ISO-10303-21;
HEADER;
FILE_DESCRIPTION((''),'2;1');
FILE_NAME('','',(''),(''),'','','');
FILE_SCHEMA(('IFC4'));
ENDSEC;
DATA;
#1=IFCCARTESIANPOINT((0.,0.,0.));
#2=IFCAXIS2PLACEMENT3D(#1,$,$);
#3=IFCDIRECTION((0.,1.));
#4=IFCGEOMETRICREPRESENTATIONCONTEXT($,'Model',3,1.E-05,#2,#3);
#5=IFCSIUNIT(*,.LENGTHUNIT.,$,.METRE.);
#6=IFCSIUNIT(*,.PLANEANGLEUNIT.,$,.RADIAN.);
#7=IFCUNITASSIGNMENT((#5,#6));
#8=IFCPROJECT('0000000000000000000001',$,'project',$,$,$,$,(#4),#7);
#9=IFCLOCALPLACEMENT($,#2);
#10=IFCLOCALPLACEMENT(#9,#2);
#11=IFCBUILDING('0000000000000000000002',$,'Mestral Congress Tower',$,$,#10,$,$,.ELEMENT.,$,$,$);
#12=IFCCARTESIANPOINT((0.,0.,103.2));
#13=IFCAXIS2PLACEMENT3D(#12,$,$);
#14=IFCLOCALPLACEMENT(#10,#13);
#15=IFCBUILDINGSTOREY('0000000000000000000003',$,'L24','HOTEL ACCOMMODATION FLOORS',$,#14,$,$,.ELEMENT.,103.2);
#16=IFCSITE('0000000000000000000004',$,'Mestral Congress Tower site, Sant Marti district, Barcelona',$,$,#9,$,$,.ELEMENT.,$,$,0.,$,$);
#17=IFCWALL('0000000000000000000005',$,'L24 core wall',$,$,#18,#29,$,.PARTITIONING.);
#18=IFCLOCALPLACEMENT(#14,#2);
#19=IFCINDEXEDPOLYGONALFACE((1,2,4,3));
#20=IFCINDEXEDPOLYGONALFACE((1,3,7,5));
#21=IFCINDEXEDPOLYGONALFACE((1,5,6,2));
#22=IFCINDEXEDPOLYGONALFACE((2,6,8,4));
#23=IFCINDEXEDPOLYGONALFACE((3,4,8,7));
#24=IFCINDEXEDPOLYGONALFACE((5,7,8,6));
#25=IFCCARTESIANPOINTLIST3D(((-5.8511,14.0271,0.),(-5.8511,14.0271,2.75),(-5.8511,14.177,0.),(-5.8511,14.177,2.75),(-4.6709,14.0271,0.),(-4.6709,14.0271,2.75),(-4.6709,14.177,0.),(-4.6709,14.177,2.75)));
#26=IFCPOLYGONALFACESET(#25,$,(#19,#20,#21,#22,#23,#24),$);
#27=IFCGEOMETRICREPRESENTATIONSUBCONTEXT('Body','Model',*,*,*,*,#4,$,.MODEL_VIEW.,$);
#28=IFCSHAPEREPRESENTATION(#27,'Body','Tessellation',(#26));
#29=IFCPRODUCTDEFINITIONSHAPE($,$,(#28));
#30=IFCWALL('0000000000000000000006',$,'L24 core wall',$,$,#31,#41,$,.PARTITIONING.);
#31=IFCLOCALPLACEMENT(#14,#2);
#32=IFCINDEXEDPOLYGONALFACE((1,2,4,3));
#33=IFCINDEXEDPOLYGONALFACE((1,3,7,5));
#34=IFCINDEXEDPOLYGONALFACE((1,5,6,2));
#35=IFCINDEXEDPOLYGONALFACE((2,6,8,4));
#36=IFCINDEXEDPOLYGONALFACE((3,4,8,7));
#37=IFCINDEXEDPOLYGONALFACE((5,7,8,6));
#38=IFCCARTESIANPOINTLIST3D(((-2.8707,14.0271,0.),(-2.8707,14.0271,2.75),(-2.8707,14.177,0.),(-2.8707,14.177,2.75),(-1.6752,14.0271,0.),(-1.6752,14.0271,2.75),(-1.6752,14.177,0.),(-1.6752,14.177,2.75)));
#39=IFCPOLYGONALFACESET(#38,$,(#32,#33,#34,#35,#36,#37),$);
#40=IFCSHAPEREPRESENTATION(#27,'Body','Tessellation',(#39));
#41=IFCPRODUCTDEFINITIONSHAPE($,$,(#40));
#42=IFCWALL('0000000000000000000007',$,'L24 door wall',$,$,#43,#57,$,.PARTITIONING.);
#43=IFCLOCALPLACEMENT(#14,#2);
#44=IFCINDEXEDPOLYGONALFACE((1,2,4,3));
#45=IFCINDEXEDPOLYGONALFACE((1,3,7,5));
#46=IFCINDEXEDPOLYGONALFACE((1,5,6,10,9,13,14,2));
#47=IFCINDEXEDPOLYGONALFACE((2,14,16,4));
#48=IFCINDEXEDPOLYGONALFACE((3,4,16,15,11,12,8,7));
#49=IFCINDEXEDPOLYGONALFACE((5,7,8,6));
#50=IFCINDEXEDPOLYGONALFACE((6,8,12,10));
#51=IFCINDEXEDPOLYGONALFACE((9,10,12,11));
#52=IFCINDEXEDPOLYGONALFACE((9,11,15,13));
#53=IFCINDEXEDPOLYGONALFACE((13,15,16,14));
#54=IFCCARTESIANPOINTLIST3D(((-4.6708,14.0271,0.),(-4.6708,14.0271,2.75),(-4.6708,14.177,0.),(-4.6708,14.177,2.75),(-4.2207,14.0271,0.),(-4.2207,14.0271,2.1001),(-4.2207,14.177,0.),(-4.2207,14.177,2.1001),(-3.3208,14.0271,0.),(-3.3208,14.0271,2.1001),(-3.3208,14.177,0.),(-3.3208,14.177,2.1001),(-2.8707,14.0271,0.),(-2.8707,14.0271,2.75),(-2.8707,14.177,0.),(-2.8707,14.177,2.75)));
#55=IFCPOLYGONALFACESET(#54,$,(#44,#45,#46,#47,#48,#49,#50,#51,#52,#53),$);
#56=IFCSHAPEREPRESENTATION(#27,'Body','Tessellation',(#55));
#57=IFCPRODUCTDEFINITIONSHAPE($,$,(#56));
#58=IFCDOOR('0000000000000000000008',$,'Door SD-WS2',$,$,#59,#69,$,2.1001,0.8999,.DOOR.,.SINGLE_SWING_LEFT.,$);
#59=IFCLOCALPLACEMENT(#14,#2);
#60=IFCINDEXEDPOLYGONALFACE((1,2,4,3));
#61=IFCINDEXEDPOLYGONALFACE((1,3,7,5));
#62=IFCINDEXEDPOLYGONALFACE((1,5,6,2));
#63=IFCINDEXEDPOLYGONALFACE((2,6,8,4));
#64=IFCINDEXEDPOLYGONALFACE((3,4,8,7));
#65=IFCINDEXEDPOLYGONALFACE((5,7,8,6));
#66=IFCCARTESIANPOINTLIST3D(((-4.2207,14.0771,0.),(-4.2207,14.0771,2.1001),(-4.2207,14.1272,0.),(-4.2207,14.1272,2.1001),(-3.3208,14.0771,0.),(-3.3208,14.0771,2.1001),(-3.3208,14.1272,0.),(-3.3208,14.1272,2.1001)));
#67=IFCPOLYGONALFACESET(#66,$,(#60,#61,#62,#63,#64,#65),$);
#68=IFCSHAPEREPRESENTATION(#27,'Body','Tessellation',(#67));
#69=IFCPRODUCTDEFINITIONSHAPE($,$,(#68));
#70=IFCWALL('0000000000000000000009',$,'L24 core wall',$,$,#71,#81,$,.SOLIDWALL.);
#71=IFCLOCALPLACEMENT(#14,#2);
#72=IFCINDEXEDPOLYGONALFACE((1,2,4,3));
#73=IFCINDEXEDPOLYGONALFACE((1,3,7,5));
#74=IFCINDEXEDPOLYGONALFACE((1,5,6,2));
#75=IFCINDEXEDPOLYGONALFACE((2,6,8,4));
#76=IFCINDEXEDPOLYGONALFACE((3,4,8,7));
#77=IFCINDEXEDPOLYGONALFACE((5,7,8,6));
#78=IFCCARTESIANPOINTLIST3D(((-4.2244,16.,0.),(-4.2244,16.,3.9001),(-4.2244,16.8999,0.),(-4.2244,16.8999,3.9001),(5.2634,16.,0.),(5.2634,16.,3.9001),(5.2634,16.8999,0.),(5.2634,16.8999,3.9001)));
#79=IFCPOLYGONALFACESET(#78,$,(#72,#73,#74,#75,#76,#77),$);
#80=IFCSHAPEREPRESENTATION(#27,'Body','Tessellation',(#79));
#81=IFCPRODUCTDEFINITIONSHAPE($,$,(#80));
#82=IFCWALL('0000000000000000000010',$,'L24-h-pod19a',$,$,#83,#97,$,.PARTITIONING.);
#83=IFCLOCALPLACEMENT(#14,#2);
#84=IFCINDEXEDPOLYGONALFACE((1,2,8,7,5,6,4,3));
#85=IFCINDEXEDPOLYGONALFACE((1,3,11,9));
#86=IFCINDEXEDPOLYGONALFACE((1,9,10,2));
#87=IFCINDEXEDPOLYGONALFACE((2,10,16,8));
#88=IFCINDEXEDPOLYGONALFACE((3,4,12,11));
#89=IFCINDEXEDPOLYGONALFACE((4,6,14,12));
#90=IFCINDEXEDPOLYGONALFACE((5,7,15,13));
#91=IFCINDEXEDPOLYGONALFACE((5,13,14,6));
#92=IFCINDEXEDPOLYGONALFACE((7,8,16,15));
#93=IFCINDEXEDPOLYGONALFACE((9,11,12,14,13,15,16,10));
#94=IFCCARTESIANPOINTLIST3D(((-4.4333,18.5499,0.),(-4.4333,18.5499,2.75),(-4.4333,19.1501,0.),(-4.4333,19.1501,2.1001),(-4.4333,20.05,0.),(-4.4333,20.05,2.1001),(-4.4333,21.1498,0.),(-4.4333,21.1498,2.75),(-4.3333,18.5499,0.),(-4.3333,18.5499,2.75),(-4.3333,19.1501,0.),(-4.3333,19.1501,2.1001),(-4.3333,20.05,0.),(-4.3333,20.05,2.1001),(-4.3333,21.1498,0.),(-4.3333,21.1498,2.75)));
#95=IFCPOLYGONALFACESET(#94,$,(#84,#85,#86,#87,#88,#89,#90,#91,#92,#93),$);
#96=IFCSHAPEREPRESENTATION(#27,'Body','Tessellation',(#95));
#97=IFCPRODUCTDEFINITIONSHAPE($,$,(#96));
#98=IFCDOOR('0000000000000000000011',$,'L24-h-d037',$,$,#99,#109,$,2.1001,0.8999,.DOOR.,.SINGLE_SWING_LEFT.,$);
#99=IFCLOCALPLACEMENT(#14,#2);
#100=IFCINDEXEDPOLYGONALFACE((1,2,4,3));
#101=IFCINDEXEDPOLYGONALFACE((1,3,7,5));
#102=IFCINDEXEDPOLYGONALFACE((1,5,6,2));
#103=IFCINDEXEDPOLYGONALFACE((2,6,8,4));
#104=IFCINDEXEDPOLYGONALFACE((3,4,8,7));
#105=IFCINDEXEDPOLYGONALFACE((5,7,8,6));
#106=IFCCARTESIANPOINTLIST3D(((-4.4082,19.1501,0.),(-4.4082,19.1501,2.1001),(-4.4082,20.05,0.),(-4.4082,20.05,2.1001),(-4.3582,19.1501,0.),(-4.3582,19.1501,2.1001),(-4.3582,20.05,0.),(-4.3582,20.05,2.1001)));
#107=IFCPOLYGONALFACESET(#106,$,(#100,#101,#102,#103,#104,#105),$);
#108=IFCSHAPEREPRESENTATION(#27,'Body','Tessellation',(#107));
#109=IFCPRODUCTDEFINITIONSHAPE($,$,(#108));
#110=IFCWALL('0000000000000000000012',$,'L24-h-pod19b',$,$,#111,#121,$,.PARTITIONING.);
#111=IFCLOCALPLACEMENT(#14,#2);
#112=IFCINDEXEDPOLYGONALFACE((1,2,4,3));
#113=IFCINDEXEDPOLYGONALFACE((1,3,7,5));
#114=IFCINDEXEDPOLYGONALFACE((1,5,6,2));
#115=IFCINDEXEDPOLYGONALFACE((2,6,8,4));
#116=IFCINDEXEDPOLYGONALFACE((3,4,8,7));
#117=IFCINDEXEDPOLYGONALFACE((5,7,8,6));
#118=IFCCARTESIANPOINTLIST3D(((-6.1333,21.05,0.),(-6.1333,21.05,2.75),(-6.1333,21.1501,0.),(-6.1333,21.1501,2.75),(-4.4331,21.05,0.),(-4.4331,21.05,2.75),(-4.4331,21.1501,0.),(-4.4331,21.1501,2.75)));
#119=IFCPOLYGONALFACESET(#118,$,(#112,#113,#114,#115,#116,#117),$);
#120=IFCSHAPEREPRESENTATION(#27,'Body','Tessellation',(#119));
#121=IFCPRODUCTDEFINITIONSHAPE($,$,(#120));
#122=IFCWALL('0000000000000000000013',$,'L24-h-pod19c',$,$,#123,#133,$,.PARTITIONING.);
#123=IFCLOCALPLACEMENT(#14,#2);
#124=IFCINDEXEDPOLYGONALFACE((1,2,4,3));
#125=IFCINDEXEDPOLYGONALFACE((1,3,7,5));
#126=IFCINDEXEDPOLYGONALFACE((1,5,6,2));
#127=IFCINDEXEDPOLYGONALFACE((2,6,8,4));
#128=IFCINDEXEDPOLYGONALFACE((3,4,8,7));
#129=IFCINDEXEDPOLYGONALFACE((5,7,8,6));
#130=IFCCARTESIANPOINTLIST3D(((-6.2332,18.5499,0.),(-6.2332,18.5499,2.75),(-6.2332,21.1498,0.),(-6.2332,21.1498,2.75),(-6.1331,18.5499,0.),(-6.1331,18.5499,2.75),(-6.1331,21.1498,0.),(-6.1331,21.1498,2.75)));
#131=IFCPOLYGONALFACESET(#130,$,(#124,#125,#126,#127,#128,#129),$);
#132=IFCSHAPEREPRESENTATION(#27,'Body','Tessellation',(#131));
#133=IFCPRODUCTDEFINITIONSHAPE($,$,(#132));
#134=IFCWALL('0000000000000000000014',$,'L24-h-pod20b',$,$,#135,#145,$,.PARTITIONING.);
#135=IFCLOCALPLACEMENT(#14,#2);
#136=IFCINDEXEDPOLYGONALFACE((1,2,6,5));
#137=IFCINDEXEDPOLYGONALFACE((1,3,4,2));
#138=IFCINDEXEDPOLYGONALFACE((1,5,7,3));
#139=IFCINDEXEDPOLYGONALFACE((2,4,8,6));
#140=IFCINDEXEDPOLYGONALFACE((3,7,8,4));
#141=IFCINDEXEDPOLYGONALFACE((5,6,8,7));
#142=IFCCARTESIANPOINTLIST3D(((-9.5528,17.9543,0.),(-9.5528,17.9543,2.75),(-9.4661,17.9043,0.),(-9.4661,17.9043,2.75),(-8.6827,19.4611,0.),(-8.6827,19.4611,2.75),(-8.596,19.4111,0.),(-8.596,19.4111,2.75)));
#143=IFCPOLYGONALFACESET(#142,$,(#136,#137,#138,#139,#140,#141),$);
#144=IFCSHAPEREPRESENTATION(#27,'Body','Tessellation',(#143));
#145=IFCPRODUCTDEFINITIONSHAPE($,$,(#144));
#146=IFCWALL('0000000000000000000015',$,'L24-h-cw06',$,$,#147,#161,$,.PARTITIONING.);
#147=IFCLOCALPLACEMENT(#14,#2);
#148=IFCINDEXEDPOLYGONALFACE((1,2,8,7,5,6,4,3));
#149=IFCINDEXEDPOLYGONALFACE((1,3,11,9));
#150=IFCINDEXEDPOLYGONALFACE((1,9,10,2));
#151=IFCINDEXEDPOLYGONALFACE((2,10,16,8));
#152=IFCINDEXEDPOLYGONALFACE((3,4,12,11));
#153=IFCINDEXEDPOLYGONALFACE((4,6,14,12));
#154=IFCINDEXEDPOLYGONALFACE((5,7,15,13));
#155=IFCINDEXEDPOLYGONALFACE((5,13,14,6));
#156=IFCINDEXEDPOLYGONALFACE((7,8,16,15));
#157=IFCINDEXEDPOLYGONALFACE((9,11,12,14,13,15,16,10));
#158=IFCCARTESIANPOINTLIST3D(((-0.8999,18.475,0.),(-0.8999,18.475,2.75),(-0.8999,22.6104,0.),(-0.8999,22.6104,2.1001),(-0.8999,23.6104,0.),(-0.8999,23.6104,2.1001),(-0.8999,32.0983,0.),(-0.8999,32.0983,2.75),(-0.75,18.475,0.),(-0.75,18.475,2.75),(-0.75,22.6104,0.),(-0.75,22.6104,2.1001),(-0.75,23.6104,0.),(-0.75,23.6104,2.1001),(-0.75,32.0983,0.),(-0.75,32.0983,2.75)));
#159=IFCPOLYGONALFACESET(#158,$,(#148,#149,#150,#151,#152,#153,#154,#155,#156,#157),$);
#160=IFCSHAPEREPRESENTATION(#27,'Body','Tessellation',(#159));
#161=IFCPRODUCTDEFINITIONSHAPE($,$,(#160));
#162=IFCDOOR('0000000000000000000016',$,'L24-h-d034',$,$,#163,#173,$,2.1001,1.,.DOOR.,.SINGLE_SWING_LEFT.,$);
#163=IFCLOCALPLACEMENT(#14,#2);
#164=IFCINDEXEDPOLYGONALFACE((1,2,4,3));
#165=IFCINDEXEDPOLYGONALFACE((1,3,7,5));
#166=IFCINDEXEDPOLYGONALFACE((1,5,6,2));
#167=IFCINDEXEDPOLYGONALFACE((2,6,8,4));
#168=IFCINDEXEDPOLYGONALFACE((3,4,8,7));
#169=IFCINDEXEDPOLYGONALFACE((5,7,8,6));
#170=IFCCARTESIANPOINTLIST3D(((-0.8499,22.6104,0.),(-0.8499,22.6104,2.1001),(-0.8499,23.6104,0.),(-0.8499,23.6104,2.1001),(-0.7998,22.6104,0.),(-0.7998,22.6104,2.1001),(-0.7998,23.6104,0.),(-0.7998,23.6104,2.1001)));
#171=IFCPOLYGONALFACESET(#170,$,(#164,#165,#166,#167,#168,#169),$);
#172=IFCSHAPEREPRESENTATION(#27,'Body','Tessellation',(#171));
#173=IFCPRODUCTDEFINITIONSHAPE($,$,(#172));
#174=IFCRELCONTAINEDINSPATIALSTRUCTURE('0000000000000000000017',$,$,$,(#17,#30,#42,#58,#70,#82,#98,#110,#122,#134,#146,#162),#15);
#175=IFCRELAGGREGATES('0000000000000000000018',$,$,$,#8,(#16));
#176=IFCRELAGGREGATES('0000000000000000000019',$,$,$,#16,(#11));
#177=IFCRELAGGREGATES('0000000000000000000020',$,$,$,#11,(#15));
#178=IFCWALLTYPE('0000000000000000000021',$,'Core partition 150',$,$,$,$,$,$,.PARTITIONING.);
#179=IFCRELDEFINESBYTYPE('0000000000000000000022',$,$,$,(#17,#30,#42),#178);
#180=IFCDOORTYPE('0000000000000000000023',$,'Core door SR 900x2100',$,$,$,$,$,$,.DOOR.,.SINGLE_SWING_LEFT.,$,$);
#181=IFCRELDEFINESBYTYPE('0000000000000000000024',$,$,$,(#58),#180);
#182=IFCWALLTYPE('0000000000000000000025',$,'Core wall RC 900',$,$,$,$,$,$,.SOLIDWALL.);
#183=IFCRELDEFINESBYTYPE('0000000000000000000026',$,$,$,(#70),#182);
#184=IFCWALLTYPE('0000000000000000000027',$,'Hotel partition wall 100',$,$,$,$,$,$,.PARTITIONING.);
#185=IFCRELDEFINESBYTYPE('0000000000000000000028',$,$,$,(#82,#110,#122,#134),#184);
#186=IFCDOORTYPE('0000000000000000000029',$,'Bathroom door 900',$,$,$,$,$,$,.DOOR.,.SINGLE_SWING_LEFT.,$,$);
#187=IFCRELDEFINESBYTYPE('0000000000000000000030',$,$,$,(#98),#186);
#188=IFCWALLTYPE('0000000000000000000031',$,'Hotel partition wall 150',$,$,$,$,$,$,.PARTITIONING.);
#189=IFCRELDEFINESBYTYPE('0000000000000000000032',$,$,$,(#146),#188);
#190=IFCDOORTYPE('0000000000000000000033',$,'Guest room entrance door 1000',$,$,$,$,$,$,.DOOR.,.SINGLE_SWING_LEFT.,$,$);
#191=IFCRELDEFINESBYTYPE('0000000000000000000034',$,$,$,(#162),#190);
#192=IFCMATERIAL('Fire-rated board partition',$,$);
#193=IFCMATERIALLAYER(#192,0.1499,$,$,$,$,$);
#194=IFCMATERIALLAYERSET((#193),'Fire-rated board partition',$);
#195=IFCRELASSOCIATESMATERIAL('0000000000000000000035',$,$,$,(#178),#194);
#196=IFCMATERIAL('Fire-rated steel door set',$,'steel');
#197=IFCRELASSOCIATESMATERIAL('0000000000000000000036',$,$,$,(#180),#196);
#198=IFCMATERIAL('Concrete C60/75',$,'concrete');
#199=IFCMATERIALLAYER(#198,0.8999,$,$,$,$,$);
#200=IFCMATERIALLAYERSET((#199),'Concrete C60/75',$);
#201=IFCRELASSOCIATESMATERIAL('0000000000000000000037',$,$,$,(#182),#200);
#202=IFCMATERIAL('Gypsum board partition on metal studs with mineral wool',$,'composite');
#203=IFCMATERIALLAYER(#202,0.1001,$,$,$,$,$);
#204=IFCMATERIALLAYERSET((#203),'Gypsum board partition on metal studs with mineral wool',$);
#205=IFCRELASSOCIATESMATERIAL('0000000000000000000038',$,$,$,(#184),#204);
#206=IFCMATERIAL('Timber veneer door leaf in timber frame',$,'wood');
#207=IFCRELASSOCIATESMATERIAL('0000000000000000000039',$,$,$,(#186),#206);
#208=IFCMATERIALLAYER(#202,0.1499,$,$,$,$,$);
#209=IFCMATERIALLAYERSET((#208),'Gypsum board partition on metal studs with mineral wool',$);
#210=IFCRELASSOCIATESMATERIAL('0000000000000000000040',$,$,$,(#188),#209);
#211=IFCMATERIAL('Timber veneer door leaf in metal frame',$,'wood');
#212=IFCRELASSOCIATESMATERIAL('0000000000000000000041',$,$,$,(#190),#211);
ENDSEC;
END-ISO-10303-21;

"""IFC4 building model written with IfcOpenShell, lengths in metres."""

from ifc_helpers import new_model, si_unit, direction, frame, frame_2d, origin, place, context, subcontext, project, spatial, rectangle, extrude, material, layer, layer_set, type_object, element, fill, save


model = new_model("IFC4")

# Units and contexts
model_context = context("Model", 3, precision=1e-05, world=origin(), true_north=direction((0.0, 1.0)))
body_context = subcontext(model_context, "Body", "Model", "MODEL_VIEW")
ifc_project = project(units=[si_unit("LENGTHUNIT", "METRE"), si_unit("PLANEANGLEUNIT", "RADIAN")], contexts=[model_context])

# Site, building, storey
site_placement = place(None, origin())
site = spatial("IfcSite", under=ifc_project, at=site_placement, Name="Mestral Congress Tower site, Sant Marti district, Barcelona", CompositionType="ELEMENT", RefElevation=0.0)
building_placement = place(site_placement, origin())
building = spatial("IfcBuilding", under=site, at=building_placement, Name="Mestral Congress Tower", CompositionType="ELEMENT")
storey_placement = place(building_placement, frame((0.0, 0.0, 103.2)))
storey = spatial("IfcBuildingStorey", under=building, at=storey_placement, Name="L24", Description="HOTEL ACCOMMODATION FLOORS", CompositionType="ELEMENT", Elevation=103.2)

# Walls
ifc_material_1 = material(Name="Fire-rated board partition")
ifc_layer_1 = layer(ifc_material_1, 0.1499)
ifc_layer_set_1 = layer_set([ifc_layer_1], Name="Fire-rated board partition")
wall_type_1 = type_object("IfcWallType", Name="Core partition 150", PredefinedType="PARTITIONING", material=ifc_layer_set_1)
wall_1_placement = place(storey_placement, frame((-5.8511, 14.1021, 0.0), z_axis=(0.0, 0.0, 1.0), x_axis=(1.0, 0.0, 0.0)))
element("IfcWall", 1, at=wall_1_placement, inside=storey, type_object=wall_type_1, Name="L24 core wall", PredefinedType="PARTITIONING", context=body_context, shape_type="SweptSolid", body=[
    extrude(rectangle(XDim=1.1802, YDim=0.1499, at=frame_2d((0.5901, 0.0))), origin(), (0.0, 0.0, 1.0), 2.75),
])
wall_2_placement = place(storey_placement, frame((-2.8706, 14.1021, 0.0), z_axis=(0.0, 0.0, 1.0), x_axis=(1.0, 0.0, 0.0)))
element("IfcWall", 2, at=wall_2_placement, inside=storey, type_object=wall_type_1, Name="L24 core wall", PredefinedType="PARTITIONING", context=body_context, shape_type="SweptSolid", body=[
    extrude(rectangle(XDim=1.1956, YDim=0.1499, at=frame_2d((0.5977, 0.0))), origin(), (0.0, 0.0, 1.0), 2.75),
])

# Wall, opening, door
wall_3_placement = place(storey_placement, frame((-2.8708, 14.1021, 0.0), z_axis=(0.0, 0.0, 1.0), x_axis=(-1.0, 0.0, 0.0)))
wall_3 = element("IfcWall", 3, at=wall_3_placement, inside=storey, type_object=wall_type_1, Name="L24 door wall", PredefinedType="PARTITIONING", context=body_context, shape_type="SweptSolid", body=[
    extrude(rectangle(XDim=1.8, YDim=0.1499, at=frame_2d((0.8999, 0.0))), origin(), (0.0, 0.0, 1.0), 2.75),
])
opening_1_placement = place(wall_3_placement, frame((0.45, 0.0, 0.0)))
opening_1 = element("IfcOpeningElement", 4, at=opening_1_placement, cuts=wall_3, PredefinedType="OPENING", context=body_context, shape_type="SweptSolid", body=[
    extrude(rectangle(XDim=0.8999, YDim=2.1001, at=frame_2d((0.45, 1.05))), frame((0.0, 0.085, 0.0), z_axis=(0.0, -1.0, 0.0), x_axis=(1.0, 0.0, 0.0)), (0.0, 0.0, 1.0), 0.1699),
])
ifc_material_2 = material(Name="Fire-rated steel door set", Category="steel")
door_type_1 = type_object("IfcDoorType", Name="Core door SR 900x2100", OperationType="SINGLE_SWING_LEFT", PredefinedType="DOOR", material=ifc_material_2)
door_1_placement = place(opening_1_placement, origin())
door_1 = element("IfcDoor", 5, at=door_1_placement, inside=storey, type_object=door_type_1, Name="Door SD-WS2", OperationType="SINGLE_SWING_LEFT", OverallHeight=2.1001, OverallWidth=0.8999, PredefinedType="DOOR", context=body_context, shape_type="SweptSolid", body=[
    extrude(rectangle(XDim=0.8999, YDim=2.1001, at=frame_2d((0.45, 1.05))), frame((0.0, 0.0249, 0.0), z_axis=(0.0, -1.0, 0.0), x_axis=(1.0, 0.0, 0.0)), (0.0, 0.0, 1.0), 0.05),
])
fill(opening_1, door_1)

# Wall
ifc_material_3 = material(Name="Concrete C60/75", Category="concrete")
ifc_layer_2 = layer(ifc_material_3, 0.8999)
ifc_layer_set_2 = layer_set([ifc_layer_2], Name="Concrete C60/75")
wall_type_2 = type_object("IfcWallType", Name="Core wall RC 900", PredefinedType="SOLIDWALL", material=ifc_layer_set_2)
wall_4_placement = place(storey_placement, frame((-4.2244, 16.45, 0.0), z_axis=(0.0, 0.0, 1.0), x_axis=(1.0, 0.0, 0.0)))
element("IfcWall", 6, at=wall_4_placement, inside=storey, type_object=wall_type_2, Name="L24 core wall", PredefinedType="SOLIDWALL", context=body_context, shape_type="SweptSolid", body=[
    extrude(rectangle(XDim=9.4878, YDim=0.8999, at=frame_2d((4.7439, 0.0))), origin(), (0.0, 0.0, 1.0), 3.9001),
])

# Wall, opening, door
ifc_material_4 = material(Name="Gypsum board partition on metal studs with mineral wool", Category="composite")
ifc_layer_3 = layer(ifc_material_4, 0.1001)
ifc_layer_set_3 = layer_set([ifc_layer_3], Name="Gypsum board partition on metal studs with mineral wool")
wall_type_3 = type_object("IfcWallType", Name="Hotel partition wall 100", PredefinedType="PARTITIONING", material=ifc_layer_set_3)
wall_5_placement = place(storey_placement, frame((-4.3833, 18.55, 0.0), z_axis=(0.0, 0.0, 1.0), x_axis=(0.0, 1.0, 0.0)))
wall_5 = element("IfcWall", 7, at=wall_5_placement, inside=storey, type_object=wall_type_3, Name="L24-h-pod19a", PredefinedType="PARTITIONING", context=body_context, shape_type="SweptSolid", body=[
    extrude(rectangle(XDim=2.5999, YDim=0.1001, at=frame_2d((1.2998, 0.0))), origin(), (0.0, 0.0, 1.0), 2.75),
])
opening_2_placement = place(wall_5_placement, frame((0.6001, 0.0, 0.0)))
opening_2 = element("IfcOpeningElement", 8, at=opening_2_placement, cuts=wall_5, PredefinedType="OPENING", context=body_context, shape_type="SweptSolid", body=[
    extrude(rectangle(XDim=0.8999, YDim=2.1001, at=frame_2d((0.45, 1.05))), frame((0.0, 0.0601, 0.0), z_axis=(0.0, -1.0, 0.0), x_axis=(1.0, 0.0, 0.0)), (0.0, 0.0, 1.0), 0.1201),
])
ifc_material_5 = material(Name="Timber veneer door leaf in timber frame", Category="wood")
door_type_2 = type_object("IfcDoorType", Name="Bathroom door 900", OperationType="SINGLE_SWING_LEFT", PredefinedType="DOOR", material=ifc_material_5)
door_2_placement = place(opening_2_placement, origin())
door_2 = element("IfcDoor", 9, at=door_2_placement, inside=storey, type_object=door_type_2, Name="L24-h-d037", OperationType="SINGLE_SWING_LEFT", OverallHeight=2.1001, OverallWidth=0.8999, PredefinedType="DOOR", context=body_context, shape_type="SweptSolid", body=[
    extrude(rectangle(XDim=0.8999, YDim=2.1001, at=frame_2d((0.45, 1.05))), frame((0.0, 0.0249, 0.0), z_axis=(0.0, -1.0, 0.0), x_axis=(1.0, 0.0, 0.0)), (0.0, 0.0, 1.0), 0.05),
])
fill(opening_2, door_2)

# Walls
wall_6_placement = place(storey_placement, frame((-4.4331, 21.1001, 0.0), z_axis=(0.0, 0.0, 1.0), x_axis=(-1.0, 0.0, 0.0)))
element("IfcWall", 10, at=wall_6_placement, inside=storey, type_object=wall_type_3, Name="L24-h-pod19b", PredefinedType="PARTITIONING", context=body_context, shape_type="SweptSolid", body=[
    extrude(rectangle(XDim=1.7002, YDim=0.1001, at=frame_2d((0.8501, 0.0))), origin(), (0.0, 0.0, 1.0), 2.75),
])
wall_7_placement = place(storey_placement, frame((-6.1831, 18.55, 0.0), z_axis=(0.0, 0.0, 1.0), x_axis=(0.0, 1.0, 0.0)))
element("IfcWall", 11, at=wall_7_placement, inside=storey, type_object=wall_type_3, Name="L24-h-pod19c", PredefinedType="PARTITIONING", context=body_context, shape_type="SweptSolid", body=[
    extrude(rectangle(XDim=2.5999, YDim=0.1001, at=frame_2d((1.2998, 0.0))), origin(), (0.0, 0.0, 1.0), 2.75),
])
wall_8_placement = place(storey_placement, frame((-9.5095, 17.9292, 0.0), z_axis=(0.0, 0.0, 1.0), x_axis=(0.500063, 0.865989, 0.0)))
element("IfcWall", 12, at=wall_8_placement, inside=storey, type_object=wall_type_3, Name="L24-h-pod20b", PredefinedType="PARTITIONING", context=body_context, shape_type="SweptSolid", body=[
    extrude(rectangle(XDim=1.74, YDim=0.1001, at=frame_2d((0.8701, 0.0))), origin(), (0.0, 0.0, 1.0), 2.75),
])

# Wall, opening, door
ifc_layer_4 = layer(ifc_material_4, 0.1499)
ifc_layer_set_4 = layer_set([ifc_layer_4], Name="Gypsum board partition on metal studs with mineral wool")
wall_type_4 = type_object("IfcWallType", Name="Hotel partition wall 150", PredefinedType="PARTITIONING", material=ifc_layer_set_4)
wall_9_placement = place(storey_placement, frame((-0.825, 18.4751, 0.0), z_axis=(0.0, 0.0, 1.0), x_axis=(0.0, 1.0, 0.0)))
wall_9 = element("IfcWall", 13, at=wall_9_placement, inside=storey, type_object=wall_type_4, Name="L24-h-cw06", PredefinedType="PARTITIONING", context=body_context, shape_type="SweptSolid", body=[
    extrude(rectangle(XDim=13.6233, YDim=0.1499, at=frame_2d((6.8115, 0.0))), origin(), (0.0, 0.0, 1.0), 2.75),
])
opening_3_placement = place(wall_9_placement, frame((4.1353, 0.0, 0.0)))
opening_3 = element("IfcOpeningElement", 14, at=opening_3_placement, cuts=wall_9, PredefinedType="OPENING", context=body_context, shape_type="SweptSolid", body=[
    extrude(rectangle(XDim=1.0, YDim=2.1001, at=frame_2d((0.5, 1.05))), frame((0.0, 0.085, 0.0), z_axis=(0.0, -1.0, 0.0), x_axis=(1.0, 0.0, 0.0)), (0.0, 0.0, 1.0), 0.1699),
])
ifc_material_6 = material(Name="Timber veneer door leaf in metal frame", Category="wood")
door_type_3 = type_object("IfcDoorType", Name="Guest room entrance door 1000", OperationType="SINGLE_SWING_LEFT", PredefinedType="DOOR", material=ifc_material_6)
door_3_placement = place(opening_3_placement, origin())
door_3 = element("IfcDoor", 15, at=door_3_placement, inside=storey, type_object=door_type_3, Name="L24-h-d034", OperationType="SINGLE_SWING_LEFT", OverallHeight=2.1001, OverallWidth=1.0, PredefinedType="DOOR", context=body_context, shape_type="SweptSolid", body=[
    extrude(rectangle(XDim=1.0, YDim=2.1001, at=frame_2d((0.5, 1.05))), frame((0.0, 0.0249, 0.0), z_axis=(0.0, -1.0, 0.0), x_axis=(1.0, 0.0, 0.0)), (0.0, 0.0, 1.0), 0.05),
])
fill(opening_3, door_3)

save(model, "model.ifc")
